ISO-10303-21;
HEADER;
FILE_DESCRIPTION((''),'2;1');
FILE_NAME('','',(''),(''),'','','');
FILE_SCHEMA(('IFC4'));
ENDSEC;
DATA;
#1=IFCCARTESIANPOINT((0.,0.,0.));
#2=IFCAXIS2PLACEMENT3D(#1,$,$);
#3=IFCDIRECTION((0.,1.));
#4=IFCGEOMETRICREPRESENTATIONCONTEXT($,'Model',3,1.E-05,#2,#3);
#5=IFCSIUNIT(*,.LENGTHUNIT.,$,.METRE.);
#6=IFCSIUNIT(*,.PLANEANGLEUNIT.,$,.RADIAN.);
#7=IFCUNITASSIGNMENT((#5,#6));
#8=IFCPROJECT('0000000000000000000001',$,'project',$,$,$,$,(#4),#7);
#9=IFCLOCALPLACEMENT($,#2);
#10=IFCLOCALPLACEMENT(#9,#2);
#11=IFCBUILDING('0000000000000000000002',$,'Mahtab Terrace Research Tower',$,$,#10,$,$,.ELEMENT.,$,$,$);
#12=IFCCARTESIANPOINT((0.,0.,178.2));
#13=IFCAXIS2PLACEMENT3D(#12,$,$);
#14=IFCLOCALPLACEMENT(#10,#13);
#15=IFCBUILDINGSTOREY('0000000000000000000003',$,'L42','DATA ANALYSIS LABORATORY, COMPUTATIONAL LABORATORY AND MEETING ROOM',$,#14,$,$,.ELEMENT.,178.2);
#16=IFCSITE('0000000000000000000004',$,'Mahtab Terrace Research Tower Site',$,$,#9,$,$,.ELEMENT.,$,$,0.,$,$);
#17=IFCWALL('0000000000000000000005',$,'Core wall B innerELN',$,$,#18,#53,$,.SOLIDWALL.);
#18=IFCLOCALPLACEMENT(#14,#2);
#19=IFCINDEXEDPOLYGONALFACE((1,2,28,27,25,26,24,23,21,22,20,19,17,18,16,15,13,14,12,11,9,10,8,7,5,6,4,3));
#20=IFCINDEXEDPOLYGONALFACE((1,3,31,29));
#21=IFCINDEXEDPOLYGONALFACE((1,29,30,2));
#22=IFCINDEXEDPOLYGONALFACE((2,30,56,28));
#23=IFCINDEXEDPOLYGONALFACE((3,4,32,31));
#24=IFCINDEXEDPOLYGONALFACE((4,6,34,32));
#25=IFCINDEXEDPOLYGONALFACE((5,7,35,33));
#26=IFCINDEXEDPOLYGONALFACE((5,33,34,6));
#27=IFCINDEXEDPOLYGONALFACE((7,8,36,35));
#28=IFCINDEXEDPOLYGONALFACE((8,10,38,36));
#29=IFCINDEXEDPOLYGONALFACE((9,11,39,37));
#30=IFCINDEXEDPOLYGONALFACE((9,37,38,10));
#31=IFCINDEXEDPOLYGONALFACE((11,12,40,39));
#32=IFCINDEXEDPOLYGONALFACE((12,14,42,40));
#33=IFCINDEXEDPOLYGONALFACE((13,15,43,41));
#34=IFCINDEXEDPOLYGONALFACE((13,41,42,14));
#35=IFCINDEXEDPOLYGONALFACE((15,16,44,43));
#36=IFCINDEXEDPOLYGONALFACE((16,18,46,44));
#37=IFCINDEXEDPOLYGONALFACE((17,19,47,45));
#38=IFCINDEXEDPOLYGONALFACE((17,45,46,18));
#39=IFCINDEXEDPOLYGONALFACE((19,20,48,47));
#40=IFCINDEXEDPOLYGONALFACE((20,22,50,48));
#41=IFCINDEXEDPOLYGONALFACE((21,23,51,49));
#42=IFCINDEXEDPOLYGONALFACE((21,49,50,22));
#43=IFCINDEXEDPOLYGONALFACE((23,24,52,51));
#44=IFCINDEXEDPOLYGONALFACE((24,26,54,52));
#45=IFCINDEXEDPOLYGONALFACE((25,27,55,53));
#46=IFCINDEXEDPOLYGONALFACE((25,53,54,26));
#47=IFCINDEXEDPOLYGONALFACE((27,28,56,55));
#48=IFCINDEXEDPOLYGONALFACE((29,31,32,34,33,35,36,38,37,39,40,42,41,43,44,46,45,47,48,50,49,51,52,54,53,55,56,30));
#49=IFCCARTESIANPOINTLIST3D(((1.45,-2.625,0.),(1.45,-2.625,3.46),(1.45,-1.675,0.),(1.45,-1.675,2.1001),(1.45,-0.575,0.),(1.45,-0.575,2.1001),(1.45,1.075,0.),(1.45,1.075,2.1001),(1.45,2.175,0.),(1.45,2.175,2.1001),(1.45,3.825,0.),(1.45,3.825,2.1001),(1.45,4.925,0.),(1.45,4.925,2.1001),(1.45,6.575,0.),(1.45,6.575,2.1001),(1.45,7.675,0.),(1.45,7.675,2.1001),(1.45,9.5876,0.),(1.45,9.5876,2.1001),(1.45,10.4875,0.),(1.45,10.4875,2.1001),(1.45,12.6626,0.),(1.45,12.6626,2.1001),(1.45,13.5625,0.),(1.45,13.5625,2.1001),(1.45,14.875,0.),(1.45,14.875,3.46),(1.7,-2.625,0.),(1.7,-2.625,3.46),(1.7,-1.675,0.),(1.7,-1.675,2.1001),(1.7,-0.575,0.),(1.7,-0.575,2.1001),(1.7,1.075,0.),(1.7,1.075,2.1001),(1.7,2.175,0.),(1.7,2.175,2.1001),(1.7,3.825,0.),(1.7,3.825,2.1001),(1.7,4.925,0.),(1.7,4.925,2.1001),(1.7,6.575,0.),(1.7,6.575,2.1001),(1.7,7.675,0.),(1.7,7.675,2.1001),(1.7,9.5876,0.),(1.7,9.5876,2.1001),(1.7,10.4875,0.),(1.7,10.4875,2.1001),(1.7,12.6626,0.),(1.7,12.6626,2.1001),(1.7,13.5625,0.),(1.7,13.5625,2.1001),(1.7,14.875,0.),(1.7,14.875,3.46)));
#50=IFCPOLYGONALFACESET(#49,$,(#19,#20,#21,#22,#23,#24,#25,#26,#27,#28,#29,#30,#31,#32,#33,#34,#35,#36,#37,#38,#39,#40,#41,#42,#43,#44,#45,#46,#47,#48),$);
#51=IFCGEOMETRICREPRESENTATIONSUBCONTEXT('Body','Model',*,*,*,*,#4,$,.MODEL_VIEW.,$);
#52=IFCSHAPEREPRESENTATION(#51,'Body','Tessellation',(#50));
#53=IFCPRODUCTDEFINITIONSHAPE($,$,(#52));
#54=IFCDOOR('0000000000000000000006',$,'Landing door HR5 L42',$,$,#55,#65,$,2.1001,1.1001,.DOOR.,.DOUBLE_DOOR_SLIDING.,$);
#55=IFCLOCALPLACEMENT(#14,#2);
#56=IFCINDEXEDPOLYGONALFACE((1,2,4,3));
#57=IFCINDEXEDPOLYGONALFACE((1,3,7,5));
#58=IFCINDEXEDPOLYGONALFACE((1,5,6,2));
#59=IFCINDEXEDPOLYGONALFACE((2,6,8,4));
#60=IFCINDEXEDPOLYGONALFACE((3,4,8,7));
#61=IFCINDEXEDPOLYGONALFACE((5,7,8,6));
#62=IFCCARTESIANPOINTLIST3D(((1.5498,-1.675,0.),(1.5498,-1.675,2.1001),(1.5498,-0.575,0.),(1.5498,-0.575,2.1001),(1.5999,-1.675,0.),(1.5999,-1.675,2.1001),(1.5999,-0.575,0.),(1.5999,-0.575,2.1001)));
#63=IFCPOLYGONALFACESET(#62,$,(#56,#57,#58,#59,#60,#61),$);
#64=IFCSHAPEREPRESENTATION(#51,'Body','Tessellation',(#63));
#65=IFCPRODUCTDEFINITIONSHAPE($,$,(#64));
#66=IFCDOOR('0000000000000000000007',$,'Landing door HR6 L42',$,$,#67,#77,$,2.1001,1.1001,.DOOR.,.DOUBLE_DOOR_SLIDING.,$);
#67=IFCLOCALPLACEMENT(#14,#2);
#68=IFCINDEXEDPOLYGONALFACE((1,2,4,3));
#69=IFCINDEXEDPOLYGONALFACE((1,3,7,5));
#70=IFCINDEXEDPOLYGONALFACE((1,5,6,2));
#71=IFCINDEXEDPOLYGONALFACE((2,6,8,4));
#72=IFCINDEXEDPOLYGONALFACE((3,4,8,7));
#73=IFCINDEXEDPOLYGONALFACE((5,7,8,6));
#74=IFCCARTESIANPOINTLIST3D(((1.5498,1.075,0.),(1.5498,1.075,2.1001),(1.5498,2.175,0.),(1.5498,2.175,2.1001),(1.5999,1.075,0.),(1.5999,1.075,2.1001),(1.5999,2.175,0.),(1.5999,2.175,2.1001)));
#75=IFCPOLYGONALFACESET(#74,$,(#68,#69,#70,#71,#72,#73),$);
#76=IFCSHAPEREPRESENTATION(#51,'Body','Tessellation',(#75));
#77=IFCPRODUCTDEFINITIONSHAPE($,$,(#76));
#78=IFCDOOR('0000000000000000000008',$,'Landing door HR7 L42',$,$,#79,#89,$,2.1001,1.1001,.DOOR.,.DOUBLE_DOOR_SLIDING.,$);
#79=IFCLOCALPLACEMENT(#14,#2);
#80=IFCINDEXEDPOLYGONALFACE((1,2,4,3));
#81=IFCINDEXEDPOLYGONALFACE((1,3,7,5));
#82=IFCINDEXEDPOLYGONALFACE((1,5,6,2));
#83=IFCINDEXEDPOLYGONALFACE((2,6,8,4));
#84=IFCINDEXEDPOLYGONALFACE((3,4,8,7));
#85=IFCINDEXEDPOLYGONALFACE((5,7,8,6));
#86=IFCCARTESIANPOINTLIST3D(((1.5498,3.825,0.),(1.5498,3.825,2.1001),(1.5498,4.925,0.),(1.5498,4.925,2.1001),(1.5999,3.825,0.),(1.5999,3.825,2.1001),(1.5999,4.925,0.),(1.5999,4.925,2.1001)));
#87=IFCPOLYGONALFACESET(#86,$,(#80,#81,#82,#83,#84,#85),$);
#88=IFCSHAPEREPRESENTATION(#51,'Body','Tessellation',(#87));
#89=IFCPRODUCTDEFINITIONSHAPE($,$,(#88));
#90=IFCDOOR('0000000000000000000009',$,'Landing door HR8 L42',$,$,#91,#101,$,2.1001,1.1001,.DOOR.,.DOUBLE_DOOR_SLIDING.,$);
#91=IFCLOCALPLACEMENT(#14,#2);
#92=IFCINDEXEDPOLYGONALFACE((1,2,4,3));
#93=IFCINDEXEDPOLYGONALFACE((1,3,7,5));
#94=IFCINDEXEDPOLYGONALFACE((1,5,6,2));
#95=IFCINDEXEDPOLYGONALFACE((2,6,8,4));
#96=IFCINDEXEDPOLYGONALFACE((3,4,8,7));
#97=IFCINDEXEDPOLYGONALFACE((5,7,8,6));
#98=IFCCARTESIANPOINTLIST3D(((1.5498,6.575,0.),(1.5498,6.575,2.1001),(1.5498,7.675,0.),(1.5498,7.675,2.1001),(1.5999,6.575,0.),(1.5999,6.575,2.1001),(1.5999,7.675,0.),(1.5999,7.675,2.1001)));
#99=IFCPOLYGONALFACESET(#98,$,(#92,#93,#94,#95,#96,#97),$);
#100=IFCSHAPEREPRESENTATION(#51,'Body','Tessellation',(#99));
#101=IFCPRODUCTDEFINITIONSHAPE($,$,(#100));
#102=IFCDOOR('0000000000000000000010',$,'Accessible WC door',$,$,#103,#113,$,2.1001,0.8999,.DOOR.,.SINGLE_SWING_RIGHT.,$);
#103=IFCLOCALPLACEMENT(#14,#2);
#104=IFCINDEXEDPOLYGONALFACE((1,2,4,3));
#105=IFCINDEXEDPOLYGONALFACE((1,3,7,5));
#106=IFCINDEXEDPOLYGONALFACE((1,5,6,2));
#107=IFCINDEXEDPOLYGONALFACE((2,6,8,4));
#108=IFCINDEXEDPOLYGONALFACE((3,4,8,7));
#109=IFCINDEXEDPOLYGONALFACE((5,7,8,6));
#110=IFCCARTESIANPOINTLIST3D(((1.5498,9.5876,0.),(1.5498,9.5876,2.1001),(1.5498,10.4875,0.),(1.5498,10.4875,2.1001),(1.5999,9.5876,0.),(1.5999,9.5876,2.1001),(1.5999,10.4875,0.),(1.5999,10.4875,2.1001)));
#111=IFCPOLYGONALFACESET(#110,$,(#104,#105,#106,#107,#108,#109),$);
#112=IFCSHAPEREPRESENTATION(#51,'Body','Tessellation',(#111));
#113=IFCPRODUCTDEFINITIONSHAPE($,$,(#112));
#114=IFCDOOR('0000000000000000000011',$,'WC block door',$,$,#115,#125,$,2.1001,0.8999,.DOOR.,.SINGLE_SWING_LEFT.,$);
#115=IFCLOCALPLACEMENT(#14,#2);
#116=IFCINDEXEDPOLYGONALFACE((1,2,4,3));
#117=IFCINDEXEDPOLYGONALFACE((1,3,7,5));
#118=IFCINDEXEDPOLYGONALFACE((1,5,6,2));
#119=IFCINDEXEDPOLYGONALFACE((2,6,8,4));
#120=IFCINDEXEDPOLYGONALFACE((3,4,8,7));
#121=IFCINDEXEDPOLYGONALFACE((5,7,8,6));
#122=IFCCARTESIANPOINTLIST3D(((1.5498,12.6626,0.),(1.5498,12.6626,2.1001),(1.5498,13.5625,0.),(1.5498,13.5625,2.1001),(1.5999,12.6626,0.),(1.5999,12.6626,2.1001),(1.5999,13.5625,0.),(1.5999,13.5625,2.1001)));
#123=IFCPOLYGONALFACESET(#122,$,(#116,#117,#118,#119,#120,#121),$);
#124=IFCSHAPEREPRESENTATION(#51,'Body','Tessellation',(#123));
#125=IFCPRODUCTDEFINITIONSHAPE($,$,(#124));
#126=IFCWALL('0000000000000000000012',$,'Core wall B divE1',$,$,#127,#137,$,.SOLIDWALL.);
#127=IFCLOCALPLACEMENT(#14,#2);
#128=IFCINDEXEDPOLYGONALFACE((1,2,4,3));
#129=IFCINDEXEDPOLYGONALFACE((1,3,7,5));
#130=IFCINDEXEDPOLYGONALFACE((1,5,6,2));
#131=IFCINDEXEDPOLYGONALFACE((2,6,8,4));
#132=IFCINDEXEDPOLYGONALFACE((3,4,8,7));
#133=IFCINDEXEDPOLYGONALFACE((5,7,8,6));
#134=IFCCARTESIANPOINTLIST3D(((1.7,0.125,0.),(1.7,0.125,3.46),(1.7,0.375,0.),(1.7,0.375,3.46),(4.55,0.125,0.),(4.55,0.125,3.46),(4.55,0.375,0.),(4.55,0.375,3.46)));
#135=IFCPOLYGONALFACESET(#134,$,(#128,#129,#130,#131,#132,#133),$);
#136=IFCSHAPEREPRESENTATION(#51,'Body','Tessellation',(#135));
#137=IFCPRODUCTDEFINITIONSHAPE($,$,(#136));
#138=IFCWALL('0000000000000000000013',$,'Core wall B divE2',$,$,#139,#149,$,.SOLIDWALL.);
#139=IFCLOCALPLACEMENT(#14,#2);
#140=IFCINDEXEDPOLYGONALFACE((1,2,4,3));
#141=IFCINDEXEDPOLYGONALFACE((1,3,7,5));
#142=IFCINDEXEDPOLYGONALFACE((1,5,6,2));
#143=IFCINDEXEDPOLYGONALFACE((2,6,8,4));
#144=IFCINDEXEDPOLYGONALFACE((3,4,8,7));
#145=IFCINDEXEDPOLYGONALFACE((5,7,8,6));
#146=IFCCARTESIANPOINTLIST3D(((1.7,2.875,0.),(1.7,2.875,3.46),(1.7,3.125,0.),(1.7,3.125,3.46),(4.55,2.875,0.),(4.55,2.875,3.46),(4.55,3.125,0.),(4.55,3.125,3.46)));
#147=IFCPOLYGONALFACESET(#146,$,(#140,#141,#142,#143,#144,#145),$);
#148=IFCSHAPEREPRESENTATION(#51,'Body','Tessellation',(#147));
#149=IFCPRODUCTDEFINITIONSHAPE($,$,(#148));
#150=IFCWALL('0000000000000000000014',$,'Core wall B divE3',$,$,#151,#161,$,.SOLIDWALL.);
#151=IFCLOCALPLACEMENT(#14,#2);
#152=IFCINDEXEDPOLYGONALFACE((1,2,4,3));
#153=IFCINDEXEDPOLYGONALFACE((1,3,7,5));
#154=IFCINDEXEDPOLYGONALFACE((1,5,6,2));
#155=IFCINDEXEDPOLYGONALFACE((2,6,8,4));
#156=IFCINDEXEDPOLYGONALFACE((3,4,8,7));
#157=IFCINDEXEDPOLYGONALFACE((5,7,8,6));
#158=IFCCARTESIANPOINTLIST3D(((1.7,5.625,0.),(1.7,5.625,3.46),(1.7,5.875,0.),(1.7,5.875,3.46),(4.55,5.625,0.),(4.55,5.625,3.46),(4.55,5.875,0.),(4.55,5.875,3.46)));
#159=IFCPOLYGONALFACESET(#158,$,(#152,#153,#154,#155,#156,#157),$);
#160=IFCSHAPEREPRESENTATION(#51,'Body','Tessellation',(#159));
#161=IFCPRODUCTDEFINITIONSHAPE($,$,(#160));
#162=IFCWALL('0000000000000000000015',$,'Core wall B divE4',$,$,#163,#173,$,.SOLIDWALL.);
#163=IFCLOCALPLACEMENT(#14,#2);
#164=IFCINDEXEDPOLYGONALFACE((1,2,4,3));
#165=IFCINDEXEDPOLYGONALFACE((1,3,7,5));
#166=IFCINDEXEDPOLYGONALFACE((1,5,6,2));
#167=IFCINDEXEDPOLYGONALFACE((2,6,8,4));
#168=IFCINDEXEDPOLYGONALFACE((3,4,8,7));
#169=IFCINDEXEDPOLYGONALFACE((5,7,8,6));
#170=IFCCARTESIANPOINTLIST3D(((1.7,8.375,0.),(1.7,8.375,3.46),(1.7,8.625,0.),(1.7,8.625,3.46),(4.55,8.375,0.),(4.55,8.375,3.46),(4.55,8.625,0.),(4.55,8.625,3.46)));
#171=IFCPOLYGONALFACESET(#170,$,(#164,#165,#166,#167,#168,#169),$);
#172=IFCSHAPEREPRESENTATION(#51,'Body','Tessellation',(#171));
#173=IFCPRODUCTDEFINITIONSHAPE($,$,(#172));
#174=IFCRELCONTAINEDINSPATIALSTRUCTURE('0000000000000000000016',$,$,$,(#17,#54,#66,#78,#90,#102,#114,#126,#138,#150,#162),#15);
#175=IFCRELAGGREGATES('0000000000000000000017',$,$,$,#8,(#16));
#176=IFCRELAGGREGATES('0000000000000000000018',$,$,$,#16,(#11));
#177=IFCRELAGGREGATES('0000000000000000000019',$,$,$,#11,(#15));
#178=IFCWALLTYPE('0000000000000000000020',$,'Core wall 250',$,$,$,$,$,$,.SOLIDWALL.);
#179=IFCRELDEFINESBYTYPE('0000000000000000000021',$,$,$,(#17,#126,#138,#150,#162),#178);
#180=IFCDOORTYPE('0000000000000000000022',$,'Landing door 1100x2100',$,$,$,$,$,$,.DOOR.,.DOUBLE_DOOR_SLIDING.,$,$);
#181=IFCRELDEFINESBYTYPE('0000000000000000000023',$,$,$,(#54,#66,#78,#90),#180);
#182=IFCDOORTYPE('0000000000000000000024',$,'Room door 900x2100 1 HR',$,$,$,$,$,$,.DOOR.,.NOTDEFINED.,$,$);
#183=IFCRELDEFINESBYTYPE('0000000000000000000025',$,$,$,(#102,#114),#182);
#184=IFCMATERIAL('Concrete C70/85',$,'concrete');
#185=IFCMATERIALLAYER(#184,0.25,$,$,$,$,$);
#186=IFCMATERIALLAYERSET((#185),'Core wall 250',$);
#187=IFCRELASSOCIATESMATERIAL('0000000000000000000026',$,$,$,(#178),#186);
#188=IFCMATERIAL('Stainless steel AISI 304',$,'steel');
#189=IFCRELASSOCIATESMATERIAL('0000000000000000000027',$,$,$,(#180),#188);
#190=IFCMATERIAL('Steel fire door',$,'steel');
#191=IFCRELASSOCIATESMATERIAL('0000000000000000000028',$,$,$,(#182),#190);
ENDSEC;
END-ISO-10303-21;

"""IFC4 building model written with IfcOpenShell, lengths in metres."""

from ifc_helpers import new_model, si_unit, direction, frame, frame_2d, origin, place, context, subcontext, project, spatial, rectangle, extrude, material, layer, layer_set, type_object, element, fill, save


model = new_model("IFC4")

# Units and contexts
model_context = context("Model", 3, precision=1e-05, world=origin(), true_north=direction((0.0, 1.0)))
body_context = subcontext(model_context, "Body", "Model", "MODEL_VIEW")
ifc_project = project(units=[si_unit("LENGTHUNIT", "METRE"), si_unit("PLANEANGLEUNIT", "RADIAN")], contexts=[model_context])

# Site, building, storey
site_placement = place(None, origin())
site = spatial("IfcSite", under=ifc_project, at=site_placement, Name="Mahtab Terrace Research Tower Site", CompositionType="ELEMENT", RefElevation=0.0)
building_placement = place(site_placement, origin())
building = spatial("IfcBuilding", under=site, at=building_placement, Name="Mahtab Terrace Research Tower", CompositionType="ELEMENT")
storey_placement = place(building_placement, frame((0.0, 0.0, 178.2)))
storey = spatial("IfcBuildingStorey", under=building, at=storey_placement, Name="L42", Description="DATA ANALYSIS LABORATORY, COMPUTATIONAL LABORATORY AND MEETING ROOM", CompositionType="ELEMENT", Elevation=178.2)

# Shared definitions
ifc_material_1 = material(Name="Concrete C70/85", Category="concrete")

# Wall, openings, doors
ifc_layer_1 = layer(ifc_material_1, 0.25)
ifc_layer_set_1 = layer_set([ifc_layer_1], Name="Core wall 250")
wall_type_1 = type_object("IfcWallType", Name="Core wall 250", PredefinedType="SOLIDWALL", material=ifc_layer_set_1)
wall_1_placement = place(storey_placement, frame((1.575, 14.875, 0.0), z_axis=(0.0, 0.0, 1.0), x_axis=(0.0, -1.0, 0.0)))
wall_1 = element("IfcWall", 1, at=wall_1_placement, inside=storey, type_object=wall_type_1, Name="Core wall B innerELN", PredefinedType="SOLIDWALL", context=body_context, shape_type="SweptSolid", body=[
    extrude(rectangle(XDim=17.5, YDim=0.25, at=frame_2d((8.75, 0.0))), origin(), (0.0, 0.0, 1.0), 3.46),
])
opening_1_placement = place(wall_1_placement, frame((15.45, 0.0, 0.0)))
opening_1 = element("IfcOpeningElement", 2, at=opening_1_placement, cuts=wall_1, PredefinedType="OPENING", context=body_context, shape_type="SweptSolid", body=[
    extrude(rectangle(XDim=1.1001, YDim=2.1001, at=frame_2d((0.55, 1.05))), frame((0.0, 0.135, 0.0), z_axis=(0.0, -1.0, 0.0), x_axis=(1.0, 0.0, 0.0)), (0.0, 0.0, 1.0), 0.27),
])
opening_2_placement = place(wall_1_placement, frame((12.7, 0.0, 0.0)))
opening_2 = element("IfcOpeningElement", 3, at=opening_2_placement, cuts=wall_1, PredefinedType="OPENING", context=body_context, shape_type="SweptSolid", body=[
    extrude(rectangle(XDim=1.1001, YDim=2.1001, at=frame_2d((0.55, 1.05))), frame((0.0, 0.135, 0.0), z_axis=(0.0, -1.0, 0.0), x_axis=(1.0, 0.0, 0.0)), (0.0, 0.0, 1.0), 0.27),
])
opening_3_placement = place(wall_1_placement, frame((9.95, 0.0, 0.0)))
opening_3 = element("IfcOpeningElement", 4, at=opening_3_placement, cuts=wall_1, PredefinedType="OPENING", context=body_context, shape_type="SweptSolid", body=[
    extrude(rectangle(XDim=1.1001, YDim=2.1001, at=frame_2d((0.55, 1.05))), frame((0.0, 0.135, 0.0), z_axis=(0.0, -1.0, 0.0), x_axis=(1.0, 0.0, 0.0)), (0.0, 0.0, 1.0), 0.27),
])
opening_4_placement = place(wall_1_placement, frame((7.2, 0.0, 0.0)))
opening_4 = element("IfcOpeningElement", 5, at=opening_4_placement, cuts=wall_1, PredefinedType="OPENING", context=body_context, shape_type="SweptSolid", body=[
    extrude(rectangle(XDim=1.1001, YDim=2.1001, at=frame_2d((0.55, 1.05))), frame((0.0, 0.135, 0.0), z_axis=(0.0, -1.0, 0.0), x_axis=(1.0, 0.0, 0.0)), (0.0, 0.0, 1.0), 0.27),
])
opening_5_placement = place(wall_1_placement, frame((4.3875, 0.0, 0.0)))
opening_5 = element("IfcOpeningElement", 6, at=opening_5_placement, cuts=wall_1, PredefinedType="OPENING", context=body_context, shape_type="SweptSolid", body=[
    extrude(rectangle(XDim=0.8999, YDim=2.1001, at=frame_2d((0.45, 1.05))), frame((0.0, 0.135, 0.0), z_axis=(0.0, -1.0, 0.0), x_axis=(1.0, 0.0, 0.0)), (0.0, 0.0, 1.0), 0.27),
])
opening_6_placement = place(wall_1_placement, frame((1.3125, 0.0, 0.0)))
opening_6 = element("IfcOpeningElement", 7, at=opening_6_placement, cuts=wall_1, PredefinedType="OPENING", context=body_context, shape_type="SweptSolid", body=[
    extrude(rectangle(XDim=0.8999, YDim=2.1001, at=frame_2d((0.45, 1.05))), frame((0.0, 0.135, 0.0), z_axis=(0.0, -1.0, 0.0), x_axis=(1.0, 0.0, 0.0)), (0.0, 0.0, 1.0), 0.27),
])
ifc_material_2 = material(Name="Stainless steel AISI 304", Category="steel")
door_type_1 = type_object("IfcDoorType", Name="Landing door 1100x2100", OperationType="DOUBLE_DOOR_SLIDING", PredefinedType="DOOR", material=ifc_material_2)
door_1_placement = place(opening_1_placement, origin())
door_1 = element("IfcDoor", 8, at=door_1_placement, inside=storey, type_object=door_type_1, Name="Landing door HR5 L42", OperationType="DOUBLE_DOOR_SLIDING", OverallHeight=2.1001, OverallWidth=1.1001, PredefinedType="DOOR", context=body_context, shape_type="SweptSolid", body=[
    extrude(rectangle(XDim=1.1001, YDim=2.1001, at=frame_2d((0.55, 1.05))), frame((0.0, 0.0249, 0.0), z_axis=(0.0, -1.0, 0.0), x_axis=(1.0, 0.0, 0.0)), (0.0, 0.0, 1.0), 0.05),
])
fill(opening_1, door_1)
door_2_placement = place(opening_2_placement, origin())
door_2 = element("IfcDoor", 9, at=door_2_placement, inside=storey, type_object=door_type_1, Name="Landing door HR6 L42", OperationType="DOUBLE_DOOR_SLIDING", OverallHeight=2.1001, OverallWidth=1.1001, PredefinedType="DOOR", context=body_context, shape_type="SweptSolid", body=[
    extrude(rectangle(XDim=1.1001, YDim=2.1001, at=frame_2d((0.55, 1.05))), frame((0.0, 0.0249, 0.0), z_axis=(0.0, -1.0, 0.0), x_axis=(1.0, 0.0, 0.0)), (0.0, 0.0, 1.0), 0.05),
])
fill(opening_2, door_2)
door_3_placement = place(opening_3_placement, origin())
door_3 = element("IfcDoor", 10, at=door_3_placement, inside=storey, type_object=door_type_1, Name="Landing door HR7 L42", OperationType="DOUBLE_DOOR_SLIDING", OverallHeight=2.1001, OverallWidth=1.1001, PredefinedType="DOOR", context=body_context, shape_type="SweptSolid", body=[
    extrude(rectangle(XDim=1.1001, YDim=2.1001, at=frame_2d((0.55, 1.05))), frame((0.0, 0.0249, 0.0), z_axis=(0.0, -1.0, 0.0), x_axis=(1.0, 0.0, 0.0)), (0.0, 0.0, 1.0), 0.05),
])
fill(opening_3, door_3)
door_4_placement = place(opening_4_placement, origin())
door_4 = element("IfcDoor", 11, at=door_4_placement, inside=storey, type_object=door_type_1, Name="Landing door HR8 L42", OperationType="DOUBLE_DOOR_SLIDING", OverallHeight=2.1001, OverallWidth=1.1001, PredefinedType="DOOR", context=body_context, shape_type="SweptSolid", body=[
    extrude(rectangle(XDim=1.1001, YDim=2.1001, at=frame_2d((0.55, 1.05))), frame((0.0, 0.0249, 0.0), z_axis=(0.0, -1.0, 0.0), x_axis=(1.0, 0.0, 0.0)), (0.0, 0.0, 1.0), 0.05),
])
fill(opening_4, door_4)
ifc_material_3 = material(Name="Steel fire door", Category="steel")
door_type_2 = type_object("IfcDoorType", Name="Room door 900x2100 1 HR", OperationType="NOTDEFINED", PredefinedType="DOOR", material=ifc_material_3)
door_5_placement = place(opening_5_placement, origin())
door_5 = element("IfcDoor", 12, at=door_5_placement, inside=storey, type_object=door_type_2, Name="Accessible WC door", OperationType="SINGLE_SWING_RIGHT", OverallHeight=2.1001, OverallWidth=0.8999, PredefinedType="DOOR", context=body_context, shape_type="SweptSolid", body=[
    extrude(rectangle(XDim=0.8999, YDim=2.1001, at=frame_2d((0.45, 1.05))), frame((0.0, 0.0249, 0.0), z_axis=(0.0, -1.0, 0.0), x_axis=(1.0, 0.0, 0.0)), (0.0, 0.0, 1.0), 0.05),
])
fill(opening_5, door_5)
door_6_placement = place(opening_6_placement, origin())
door_6 = element("IfcDoor", 13, at=door_6_placement, inside=storey, type_object=door_type_2, Name="WC block door", OperationType="SINGLE_SWING_LEFT", OverallHeight=2.1001, OverallWidth=0.8999, PredefinedType="DOOR", context=body_context, shape_type="SweptSolid", body=[
    extrude(rectangle(XDim=0.8999, YDim=2.1001, at=frame_2d((0.45, 1.05))), frame((0.0, 0.0249, 0.0), z_axis=(0.0, -1.0, 0.0), x_axis=(1.0, 0.0, 0.0)), (0.0, 0.0, 1.0), 0.05),
])
fill(opening_6, door_6)

# Walls
for number, where, z_axis, x_axis, name in (
    (14, (1.7, 0.25, 0.0), (0.0, 0.0, 1.0), (1.0, 0.0, 0.0), "Core wall B divE1"),
    (15, (1.7, 3.0, 0.0), (0.0, 0.0, 1.0), (1.0, 0.0, 0.0), "Core wall B divE2"),
    (16, (1.7, 5.75, 0.0), (0.0, 0.0, 1.0), (1.0, 0.0, 0.0), "Core wall B divE3"),
    (17, (1.7, 8.5, 0.0), (0.0, 0.0, 1.0), (1.0, 0.0, 0.0), "Core wall B divE4"),
):
    element("IfcWall", number, at=place(storey_placement, frame(where, z_axis=z_axis, x_axis=x_axis)), inside=storey, type_object=wall_type_1, Name=name, PredefinedType="SOLIDWALL", context=body_context, shape_type="SweptSolid", body=[
        extrude(rectangle(XDim=2.8501, YDim=0.25, at=frame_2d((1.425, 0.0))), origin(), (0.0, 0.0, 1.0), 3.46),
    ])

save(model, "model.ifc")
